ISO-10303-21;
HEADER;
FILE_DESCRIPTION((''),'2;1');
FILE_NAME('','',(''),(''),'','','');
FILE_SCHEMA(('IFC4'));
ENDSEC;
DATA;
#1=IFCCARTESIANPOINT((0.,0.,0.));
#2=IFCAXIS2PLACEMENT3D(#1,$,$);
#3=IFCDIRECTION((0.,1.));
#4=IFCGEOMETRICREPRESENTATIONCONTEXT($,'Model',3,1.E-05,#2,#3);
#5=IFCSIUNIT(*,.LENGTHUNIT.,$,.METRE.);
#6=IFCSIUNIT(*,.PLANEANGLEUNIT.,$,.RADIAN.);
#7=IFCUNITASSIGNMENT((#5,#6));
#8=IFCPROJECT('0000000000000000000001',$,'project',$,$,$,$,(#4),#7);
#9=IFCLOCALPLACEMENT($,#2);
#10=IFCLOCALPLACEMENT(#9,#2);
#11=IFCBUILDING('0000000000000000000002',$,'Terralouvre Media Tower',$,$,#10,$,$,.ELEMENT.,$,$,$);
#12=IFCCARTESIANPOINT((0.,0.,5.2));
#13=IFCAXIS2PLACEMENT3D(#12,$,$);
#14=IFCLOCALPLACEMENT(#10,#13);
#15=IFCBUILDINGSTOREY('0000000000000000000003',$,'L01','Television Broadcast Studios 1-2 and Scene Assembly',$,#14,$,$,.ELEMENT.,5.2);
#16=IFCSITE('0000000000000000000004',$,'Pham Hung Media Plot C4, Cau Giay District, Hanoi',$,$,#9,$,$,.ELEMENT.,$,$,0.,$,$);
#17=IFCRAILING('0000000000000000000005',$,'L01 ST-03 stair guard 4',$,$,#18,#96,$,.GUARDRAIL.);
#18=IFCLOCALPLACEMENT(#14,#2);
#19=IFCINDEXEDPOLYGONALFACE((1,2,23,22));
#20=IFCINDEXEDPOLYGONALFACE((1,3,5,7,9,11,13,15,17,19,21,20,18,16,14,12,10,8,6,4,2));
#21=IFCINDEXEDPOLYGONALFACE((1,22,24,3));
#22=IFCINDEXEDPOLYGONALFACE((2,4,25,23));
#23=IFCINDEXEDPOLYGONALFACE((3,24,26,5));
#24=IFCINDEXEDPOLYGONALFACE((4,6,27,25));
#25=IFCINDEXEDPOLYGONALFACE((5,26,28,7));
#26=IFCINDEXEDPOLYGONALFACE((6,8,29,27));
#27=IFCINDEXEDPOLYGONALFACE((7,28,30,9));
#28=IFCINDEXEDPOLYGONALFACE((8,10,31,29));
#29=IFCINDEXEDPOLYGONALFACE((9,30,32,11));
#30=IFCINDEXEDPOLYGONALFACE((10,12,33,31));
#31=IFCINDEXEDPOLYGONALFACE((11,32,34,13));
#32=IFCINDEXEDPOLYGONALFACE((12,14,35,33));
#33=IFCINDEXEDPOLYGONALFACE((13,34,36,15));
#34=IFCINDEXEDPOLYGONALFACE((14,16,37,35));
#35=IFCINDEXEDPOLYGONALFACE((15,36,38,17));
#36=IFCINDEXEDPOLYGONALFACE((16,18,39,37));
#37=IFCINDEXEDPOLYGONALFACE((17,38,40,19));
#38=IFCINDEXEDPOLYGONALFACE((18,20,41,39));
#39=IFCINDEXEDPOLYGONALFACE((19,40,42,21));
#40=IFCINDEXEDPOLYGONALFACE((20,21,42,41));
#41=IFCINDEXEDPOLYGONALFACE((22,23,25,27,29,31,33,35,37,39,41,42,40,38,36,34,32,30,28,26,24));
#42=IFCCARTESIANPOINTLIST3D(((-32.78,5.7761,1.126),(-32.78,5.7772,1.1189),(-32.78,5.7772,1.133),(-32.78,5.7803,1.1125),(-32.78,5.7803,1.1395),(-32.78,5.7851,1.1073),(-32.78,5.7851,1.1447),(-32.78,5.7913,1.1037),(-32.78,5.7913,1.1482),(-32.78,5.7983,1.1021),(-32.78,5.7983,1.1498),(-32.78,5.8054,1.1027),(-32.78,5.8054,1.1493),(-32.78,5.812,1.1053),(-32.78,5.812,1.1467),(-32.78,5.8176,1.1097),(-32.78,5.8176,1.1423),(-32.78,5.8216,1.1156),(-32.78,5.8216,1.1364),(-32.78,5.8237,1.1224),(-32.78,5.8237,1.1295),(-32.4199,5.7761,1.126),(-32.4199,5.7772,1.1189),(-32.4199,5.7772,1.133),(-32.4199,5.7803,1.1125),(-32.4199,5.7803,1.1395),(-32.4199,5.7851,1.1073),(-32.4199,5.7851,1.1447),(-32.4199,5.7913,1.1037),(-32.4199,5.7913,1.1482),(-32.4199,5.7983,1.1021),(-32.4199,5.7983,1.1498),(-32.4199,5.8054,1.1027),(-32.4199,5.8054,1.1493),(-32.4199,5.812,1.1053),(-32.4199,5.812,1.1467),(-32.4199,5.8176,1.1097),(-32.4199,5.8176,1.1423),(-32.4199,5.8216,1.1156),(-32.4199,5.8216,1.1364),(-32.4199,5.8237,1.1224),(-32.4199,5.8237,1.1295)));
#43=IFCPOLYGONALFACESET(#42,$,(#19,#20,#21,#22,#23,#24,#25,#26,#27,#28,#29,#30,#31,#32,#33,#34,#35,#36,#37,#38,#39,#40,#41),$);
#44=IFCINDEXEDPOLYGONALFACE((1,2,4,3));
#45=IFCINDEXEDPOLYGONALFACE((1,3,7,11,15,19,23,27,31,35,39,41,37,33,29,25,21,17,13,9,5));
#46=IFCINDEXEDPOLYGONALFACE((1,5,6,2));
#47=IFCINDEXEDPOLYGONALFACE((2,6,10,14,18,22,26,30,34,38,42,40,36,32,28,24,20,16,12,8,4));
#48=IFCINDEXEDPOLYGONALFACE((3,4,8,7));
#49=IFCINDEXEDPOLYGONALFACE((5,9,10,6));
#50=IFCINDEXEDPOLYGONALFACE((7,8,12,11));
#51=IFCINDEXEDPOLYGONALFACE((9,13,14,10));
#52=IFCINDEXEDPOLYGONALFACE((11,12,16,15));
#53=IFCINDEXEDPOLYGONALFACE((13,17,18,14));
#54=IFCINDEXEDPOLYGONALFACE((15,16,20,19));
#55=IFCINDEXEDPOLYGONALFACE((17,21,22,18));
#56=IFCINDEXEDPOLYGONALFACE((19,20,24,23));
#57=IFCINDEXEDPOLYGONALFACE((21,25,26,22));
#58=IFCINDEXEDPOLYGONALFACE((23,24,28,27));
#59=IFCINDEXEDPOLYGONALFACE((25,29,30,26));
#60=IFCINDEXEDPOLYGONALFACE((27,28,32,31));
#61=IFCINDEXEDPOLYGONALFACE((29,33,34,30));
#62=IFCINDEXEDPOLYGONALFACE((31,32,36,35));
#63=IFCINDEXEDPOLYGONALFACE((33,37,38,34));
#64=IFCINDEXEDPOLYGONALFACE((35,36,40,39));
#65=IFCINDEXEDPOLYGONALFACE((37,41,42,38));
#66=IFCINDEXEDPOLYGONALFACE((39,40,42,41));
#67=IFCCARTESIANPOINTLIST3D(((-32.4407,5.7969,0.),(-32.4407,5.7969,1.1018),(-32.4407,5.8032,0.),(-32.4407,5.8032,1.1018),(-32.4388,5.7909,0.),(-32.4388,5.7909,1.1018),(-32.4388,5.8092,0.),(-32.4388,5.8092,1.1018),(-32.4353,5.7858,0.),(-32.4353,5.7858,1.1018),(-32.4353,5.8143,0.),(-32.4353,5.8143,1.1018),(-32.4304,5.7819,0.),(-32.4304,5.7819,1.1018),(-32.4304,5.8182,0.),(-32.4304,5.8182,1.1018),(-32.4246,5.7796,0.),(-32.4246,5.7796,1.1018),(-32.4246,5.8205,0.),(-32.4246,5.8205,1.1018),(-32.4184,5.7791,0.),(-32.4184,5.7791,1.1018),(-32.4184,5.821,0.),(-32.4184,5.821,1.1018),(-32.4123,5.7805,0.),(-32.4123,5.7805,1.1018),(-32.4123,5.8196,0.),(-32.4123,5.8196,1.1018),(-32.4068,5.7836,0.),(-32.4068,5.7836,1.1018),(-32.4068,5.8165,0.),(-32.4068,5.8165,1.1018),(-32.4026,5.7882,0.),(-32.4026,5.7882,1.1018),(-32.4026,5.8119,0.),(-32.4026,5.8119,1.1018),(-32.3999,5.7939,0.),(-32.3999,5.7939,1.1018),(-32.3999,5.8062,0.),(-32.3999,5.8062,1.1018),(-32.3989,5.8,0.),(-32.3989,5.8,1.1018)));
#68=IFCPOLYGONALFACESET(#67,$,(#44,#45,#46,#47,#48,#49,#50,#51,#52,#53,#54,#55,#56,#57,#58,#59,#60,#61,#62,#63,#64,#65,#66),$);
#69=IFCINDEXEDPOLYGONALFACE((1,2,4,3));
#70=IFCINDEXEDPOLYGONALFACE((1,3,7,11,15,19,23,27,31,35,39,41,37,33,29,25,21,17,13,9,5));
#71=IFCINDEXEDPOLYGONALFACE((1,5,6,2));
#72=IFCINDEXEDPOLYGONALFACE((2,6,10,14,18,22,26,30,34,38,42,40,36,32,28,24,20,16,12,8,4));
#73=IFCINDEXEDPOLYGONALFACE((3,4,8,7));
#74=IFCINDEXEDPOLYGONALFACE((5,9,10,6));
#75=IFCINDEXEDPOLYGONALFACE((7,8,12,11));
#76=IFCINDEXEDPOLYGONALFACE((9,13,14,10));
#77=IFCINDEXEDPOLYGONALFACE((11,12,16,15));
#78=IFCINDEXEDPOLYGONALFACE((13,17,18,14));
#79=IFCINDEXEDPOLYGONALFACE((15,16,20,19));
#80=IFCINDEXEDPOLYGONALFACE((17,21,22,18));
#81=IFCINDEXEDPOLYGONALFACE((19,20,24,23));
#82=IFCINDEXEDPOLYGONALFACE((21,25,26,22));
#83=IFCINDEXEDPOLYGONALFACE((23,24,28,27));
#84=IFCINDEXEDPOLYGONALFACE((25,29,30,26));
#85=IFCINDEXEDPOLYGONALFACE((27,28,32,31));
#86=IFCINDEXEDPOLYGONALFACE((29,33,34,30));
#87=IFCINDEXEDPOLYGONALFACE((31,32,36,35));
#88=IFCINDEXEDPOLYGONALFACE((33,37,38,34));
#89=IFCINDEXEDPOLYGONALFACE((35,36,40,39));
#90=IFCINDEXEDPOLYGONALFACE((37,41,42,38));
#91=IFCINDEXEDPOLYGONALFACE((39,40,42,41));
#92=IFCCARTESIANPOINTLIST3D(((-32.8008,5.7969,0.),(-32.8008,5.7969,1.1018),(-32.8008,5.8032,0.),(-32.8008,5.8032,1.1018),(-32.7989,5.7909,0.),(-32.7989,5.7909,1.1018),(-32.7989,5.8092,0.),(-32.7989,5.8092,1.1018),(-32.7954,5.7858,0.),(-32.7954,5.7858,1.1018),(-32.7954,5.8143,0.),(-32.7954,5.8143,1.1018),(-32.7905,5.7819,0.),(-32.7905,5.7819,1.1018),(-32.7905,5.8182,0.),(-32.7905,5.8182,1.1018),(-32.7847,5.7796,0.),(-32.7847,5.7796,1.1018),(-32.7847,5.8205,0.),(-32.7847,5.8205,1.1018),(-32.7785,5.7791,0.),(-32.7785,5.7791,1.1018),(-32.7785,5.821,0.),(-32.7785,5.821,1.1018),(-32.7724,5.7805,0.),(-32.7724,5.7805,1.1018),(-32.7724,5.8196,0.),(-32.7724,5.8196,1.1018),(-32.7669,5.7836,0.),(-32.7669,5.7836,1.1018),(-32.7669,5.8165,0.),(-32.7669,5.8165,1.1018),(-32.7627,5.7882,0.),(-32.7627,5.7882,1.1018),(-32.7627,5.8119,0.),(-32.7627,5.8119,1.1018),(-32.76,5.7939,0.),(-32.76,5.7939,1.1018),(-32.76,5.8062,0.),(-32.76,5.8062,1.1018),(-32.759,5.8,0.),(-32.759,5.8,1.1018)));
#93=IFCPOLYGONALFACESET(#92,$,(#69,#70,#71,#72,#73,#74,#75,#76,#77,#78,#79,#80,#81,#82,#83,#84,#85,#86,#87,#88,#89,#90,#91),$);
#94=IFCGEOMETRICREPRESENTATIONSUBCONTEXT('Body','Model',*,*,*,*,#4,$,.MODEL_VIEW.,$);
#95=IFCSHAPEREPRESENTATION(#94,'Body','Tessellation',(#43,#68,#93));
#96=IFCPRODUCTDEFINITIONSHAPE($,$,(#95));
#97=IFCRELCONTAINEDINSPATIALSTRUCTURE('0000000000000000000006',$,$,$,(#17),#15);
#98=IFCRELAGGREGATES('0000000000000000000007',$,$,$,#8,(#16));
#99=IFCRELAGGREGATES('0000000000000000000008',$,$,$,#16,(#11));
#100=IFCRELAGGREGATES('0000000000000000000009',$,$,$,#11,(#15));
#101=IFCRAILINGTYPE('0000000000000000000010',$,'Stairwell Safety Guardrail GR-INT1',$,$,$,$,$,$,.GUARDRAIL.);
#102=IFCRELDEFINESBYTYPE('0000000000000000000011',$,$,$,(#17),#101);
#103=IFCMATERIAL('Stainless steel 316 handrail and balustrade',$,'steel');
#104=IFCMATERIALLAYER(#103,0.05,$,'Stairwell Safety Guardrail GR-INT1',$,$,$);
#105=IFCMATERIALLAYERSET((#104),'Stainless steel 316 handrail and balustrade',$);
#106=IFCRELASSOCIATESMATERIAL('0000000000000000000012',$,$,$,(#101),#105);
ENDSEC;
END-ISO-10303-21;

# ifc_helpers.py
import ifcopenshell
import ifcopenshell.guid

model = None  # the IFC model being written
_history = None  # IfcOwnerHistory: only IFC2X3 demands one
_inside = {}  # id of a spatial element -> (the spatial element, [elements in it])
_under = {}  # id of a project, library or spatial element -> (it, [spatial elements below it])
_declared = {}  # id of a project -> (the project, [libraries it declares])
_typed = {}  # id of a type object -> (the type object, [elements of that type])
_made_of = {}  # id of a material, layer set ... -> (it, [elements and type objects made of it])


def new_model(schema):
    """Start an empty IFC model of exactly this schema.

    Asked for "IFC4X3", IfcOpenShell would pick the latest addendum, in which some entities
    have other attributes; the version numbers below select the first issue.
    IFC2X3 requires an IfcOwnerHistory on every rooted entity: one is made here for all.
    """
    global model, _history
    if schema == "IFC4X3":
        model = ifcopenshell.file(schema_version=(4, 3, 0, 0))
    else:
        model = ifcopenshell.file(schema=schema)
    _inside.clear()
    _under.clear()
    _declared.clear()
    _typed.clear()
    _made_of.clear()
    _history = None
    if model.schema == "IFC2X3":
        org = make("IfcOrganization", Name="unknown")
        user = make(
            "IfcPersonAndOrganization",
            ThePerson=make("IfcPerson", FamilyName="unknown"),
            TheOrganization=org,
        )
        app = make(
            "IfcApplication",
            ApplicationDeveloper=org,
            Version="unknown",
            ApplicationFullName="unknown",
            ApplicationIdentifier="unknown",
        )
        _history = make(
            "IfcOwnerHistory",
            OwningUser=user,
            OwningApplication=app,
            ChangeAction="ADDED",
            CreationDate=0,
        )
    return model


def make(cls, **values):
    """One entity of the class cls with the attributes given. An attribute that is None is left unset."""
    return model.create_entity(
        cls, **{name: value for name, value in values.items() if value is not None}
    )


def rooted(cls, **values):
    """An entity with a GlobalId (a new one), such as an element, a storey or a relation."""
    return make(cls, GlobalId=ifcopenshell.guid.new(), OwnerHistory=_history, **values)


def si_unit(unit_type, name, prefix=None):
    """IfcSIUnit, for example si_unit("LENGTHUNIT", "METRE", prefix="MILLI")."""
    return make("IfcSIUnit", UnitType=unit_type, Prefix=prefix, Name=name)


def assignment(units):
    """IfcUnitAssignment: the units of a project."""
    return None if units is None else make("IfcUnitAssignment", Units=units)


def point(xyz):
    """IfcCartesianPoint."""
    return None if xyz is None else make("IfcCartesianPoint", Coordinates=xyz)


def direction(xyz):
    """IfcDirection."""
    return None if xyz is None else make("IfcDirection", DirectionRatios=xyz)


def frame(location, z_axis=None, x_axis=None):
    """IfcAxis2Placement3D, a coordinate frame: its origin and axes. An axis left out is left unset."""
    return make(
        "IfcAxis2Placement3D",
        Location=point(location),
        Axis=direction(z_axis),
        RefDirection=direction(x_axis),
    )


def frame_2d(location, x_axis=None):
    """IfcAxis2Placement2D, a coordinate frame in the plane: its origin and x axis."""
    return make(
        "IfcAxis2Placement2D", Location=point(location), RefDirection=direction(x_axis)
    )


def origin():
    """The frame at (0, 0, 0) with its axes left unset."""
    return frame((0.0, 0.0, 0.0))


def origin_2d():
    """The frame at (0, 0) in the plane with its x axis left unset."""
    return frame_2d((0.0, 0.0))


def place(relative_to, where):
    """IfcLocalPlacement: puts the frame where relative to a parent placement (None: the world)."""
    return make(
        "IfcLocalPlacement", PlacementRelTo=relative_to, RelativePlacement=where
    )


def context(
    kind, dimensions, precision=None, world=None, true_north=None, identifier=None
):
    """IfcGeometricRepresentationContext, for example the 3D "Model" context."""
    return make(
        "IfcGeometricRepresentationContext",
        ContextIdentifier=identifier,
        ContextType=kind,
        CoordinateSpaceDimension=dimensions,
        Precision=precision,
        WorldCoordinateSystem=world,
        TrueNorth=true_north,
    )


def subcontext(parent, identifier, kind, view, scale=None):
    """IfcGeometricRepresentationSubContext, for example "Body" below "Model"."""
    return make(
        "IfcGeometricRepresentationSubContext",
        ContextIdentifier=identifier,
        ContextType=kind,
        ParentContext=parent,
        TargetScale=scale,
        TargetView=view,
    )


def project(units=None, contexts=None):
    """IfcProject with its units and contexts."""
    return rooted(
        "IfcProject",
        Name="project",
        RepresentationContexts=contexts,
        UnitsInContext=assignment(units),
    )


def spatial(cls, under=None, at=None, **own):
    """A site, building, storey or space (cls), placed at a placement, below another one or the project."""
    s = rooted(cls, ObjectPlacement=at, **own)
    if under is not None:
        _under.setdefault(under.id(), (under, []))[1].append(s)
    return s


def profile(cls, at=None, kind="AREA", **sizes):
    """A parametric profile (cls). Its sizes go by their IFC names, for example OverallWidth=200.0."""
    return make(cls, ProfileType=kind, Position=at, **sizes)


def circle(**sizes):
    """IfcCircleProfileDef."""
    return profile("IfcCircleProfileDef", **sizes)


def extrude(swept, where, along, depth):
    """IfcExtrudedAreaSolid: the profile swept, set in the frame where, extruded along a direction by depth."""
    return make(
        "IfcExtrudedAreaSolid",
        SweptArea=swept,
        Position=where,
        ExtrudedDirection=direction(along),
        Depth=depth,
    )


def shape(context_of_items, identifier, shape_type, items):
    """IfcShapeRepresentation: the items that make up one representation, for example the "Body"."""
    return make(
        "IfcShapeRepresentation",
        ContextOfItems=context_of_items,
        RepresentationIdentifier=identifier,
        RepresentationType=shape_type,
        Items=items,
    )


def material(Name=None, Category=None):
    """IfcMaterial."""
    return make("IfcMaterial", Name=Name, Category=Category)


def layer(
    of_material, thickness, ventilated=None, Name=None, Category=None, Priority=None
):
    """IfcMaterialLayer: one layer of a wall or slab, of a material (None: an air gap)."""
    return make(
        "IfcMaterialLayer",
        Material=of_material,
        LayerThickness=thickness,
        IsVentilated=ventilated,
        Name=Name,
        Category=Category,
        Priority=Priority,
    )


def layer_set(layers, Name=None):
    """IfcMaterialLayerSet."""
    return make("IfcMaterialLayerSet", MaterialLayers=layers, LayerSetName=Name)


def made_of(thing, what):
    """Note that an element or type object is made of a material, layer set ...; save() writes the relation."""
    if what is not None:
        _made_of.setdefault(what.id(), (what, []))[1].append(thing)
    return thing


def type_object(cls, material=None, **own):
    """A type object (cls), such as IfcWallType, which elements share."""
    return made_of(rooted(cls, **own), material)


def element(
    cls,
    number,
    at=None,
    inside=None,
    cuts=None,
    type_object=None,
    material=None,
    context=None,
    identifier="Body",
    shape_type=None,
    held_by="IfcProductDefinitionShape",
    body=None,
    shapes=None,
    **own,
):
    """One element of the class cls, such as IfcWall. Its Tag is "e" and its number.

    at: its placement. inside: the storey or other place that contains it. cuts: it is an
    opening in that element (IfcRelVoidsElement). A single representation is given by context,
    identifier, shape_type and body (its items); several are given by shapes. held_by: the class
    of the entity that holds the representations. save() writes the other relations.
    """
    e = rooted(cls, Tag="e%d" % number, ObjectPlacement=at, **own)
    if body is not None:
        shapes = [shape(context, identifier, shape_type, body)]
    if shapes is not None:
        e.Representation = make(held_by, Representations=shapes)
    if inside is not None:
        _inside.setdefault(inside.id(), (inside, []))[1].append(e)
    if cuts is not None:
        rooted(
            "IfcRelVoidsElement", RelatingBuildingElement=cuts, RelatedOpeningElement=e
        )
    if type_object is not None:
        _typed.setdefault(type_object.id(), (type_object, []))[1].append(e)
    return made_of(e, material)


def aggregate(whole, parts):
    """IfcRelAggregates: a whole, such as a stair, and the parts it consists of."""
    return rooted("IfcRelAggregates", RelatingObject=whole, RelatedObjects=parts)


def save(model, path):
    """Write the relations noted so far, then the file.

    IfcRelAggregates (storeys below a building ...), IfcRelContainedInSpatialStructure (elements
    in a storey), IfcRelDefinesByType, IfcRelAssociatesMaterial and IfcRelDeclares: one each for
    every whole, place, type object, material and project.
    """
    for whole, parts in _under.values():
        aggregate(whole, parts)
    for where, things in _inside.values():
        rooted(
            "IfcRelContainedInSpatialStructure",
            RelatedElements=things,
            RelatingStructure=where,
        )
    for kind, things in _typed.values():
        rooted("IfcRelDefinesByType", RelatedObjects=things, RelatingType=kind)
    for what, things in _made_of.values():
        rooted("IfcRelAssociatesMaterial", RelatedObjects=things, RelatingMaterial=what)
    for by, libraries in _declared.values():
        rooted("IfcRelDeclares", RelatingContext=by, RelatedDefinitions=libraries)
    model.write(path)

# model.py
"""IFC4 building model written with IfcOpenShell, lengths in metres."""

from ifc_helpers import new_model, si_unit, direction, frame, origin, origin_2d, place, context, subcontext, project, spatial, circle, extrude, material, layer, layer_set, type_object, element, save


model = new_model("IFC4")

# Units and contexts
model_context = context("Model", 3, precision=1e-05, world=origin(), true_north=direction((0.0, 1.0)))
body_context = subcontext(model_context, "Body", "Model", "MODEL_VIEW")
ifc_project = project(units=[si_unit("LENGTHUNIT", "METRE"), si_unit("PLANEANGLEUNIT", "RADIAN")], contexts=[model_context])

# Site, building, storey
site_placement = place(None, origin())
site = spatial("IfcSite", under=ifc_project, at=site_placement, Name="Pham Hung Media Plot C4, Cau Giay District, Hanoi", CompositionType="ELEMENT", RefElevation=0.0)
building_placement = place(site_placement, origin())
building = spatial("IfcBuilding", under=site, at=building_placement, Name="Terralouvre Media Tower", CompositionType="ELEMENT")
storey_placement = place(building_placement, frame((0.0, 0.0, 5.2)))
storey = spatial("IfcBuildingStorey", under=building, at=storey_placement, Name="L01", Description="Television Broadcast Studios 1-2 and Scene Assembly", CompositionType="ELEMENT", Elevation=5.2)

# Railing
ifc_material_1 = material(Name="Stainless steel 316 handrail and balustrade", Category="steel")
ifc_layer_1 = layer(ifc_material_1, 0.05, Name="Stairwell Safety Guardrail GR-INT1")
ifc_layer_set_1 = layer_set([ifc_layer_1], Name="Stainless steel 316 handrail and balustrade")
railing_type_1 = type_object("IfcRailingType", Name="Stairwell Safety Guardrail GR-INT1", PredefinedType="GUARDRAIL", material=ifc_layer_set_1)
railing_1_placement = place(storey_placement, frame((-32.4199, 5.8, 0.0)))
element("IfcRailing", 1, at=railing_1_placement, inside=storey, type_object=railing_type_1, Name="L01 ST-03 stair guard 4", PredefinedType="GUARDRAIL", context=body_context, shape_type="SweptSolid", body=[
    extrude(circle(Radius=0.0239, at=origin_2d()), frame((0.0, 0.0, 1.126), z_axis=(-1.0, 0.0, 0.0), x_axis=(0.0, -1.0, 0.0)), (0.0, 0.0, 1.0), 0.3601),
    extrude(circle(Radius=0.021, at=origin_2d()), origin(), (0.0, 0.0, 1.0), 1.1018),
    extrude(circle(Radius=0.021, at=origin_2d()), frame((-0.3601, 0.0, 0.0)), (0.0, 0.0, 1.0), 1.1018),
])

save(model, "model.ifc")
